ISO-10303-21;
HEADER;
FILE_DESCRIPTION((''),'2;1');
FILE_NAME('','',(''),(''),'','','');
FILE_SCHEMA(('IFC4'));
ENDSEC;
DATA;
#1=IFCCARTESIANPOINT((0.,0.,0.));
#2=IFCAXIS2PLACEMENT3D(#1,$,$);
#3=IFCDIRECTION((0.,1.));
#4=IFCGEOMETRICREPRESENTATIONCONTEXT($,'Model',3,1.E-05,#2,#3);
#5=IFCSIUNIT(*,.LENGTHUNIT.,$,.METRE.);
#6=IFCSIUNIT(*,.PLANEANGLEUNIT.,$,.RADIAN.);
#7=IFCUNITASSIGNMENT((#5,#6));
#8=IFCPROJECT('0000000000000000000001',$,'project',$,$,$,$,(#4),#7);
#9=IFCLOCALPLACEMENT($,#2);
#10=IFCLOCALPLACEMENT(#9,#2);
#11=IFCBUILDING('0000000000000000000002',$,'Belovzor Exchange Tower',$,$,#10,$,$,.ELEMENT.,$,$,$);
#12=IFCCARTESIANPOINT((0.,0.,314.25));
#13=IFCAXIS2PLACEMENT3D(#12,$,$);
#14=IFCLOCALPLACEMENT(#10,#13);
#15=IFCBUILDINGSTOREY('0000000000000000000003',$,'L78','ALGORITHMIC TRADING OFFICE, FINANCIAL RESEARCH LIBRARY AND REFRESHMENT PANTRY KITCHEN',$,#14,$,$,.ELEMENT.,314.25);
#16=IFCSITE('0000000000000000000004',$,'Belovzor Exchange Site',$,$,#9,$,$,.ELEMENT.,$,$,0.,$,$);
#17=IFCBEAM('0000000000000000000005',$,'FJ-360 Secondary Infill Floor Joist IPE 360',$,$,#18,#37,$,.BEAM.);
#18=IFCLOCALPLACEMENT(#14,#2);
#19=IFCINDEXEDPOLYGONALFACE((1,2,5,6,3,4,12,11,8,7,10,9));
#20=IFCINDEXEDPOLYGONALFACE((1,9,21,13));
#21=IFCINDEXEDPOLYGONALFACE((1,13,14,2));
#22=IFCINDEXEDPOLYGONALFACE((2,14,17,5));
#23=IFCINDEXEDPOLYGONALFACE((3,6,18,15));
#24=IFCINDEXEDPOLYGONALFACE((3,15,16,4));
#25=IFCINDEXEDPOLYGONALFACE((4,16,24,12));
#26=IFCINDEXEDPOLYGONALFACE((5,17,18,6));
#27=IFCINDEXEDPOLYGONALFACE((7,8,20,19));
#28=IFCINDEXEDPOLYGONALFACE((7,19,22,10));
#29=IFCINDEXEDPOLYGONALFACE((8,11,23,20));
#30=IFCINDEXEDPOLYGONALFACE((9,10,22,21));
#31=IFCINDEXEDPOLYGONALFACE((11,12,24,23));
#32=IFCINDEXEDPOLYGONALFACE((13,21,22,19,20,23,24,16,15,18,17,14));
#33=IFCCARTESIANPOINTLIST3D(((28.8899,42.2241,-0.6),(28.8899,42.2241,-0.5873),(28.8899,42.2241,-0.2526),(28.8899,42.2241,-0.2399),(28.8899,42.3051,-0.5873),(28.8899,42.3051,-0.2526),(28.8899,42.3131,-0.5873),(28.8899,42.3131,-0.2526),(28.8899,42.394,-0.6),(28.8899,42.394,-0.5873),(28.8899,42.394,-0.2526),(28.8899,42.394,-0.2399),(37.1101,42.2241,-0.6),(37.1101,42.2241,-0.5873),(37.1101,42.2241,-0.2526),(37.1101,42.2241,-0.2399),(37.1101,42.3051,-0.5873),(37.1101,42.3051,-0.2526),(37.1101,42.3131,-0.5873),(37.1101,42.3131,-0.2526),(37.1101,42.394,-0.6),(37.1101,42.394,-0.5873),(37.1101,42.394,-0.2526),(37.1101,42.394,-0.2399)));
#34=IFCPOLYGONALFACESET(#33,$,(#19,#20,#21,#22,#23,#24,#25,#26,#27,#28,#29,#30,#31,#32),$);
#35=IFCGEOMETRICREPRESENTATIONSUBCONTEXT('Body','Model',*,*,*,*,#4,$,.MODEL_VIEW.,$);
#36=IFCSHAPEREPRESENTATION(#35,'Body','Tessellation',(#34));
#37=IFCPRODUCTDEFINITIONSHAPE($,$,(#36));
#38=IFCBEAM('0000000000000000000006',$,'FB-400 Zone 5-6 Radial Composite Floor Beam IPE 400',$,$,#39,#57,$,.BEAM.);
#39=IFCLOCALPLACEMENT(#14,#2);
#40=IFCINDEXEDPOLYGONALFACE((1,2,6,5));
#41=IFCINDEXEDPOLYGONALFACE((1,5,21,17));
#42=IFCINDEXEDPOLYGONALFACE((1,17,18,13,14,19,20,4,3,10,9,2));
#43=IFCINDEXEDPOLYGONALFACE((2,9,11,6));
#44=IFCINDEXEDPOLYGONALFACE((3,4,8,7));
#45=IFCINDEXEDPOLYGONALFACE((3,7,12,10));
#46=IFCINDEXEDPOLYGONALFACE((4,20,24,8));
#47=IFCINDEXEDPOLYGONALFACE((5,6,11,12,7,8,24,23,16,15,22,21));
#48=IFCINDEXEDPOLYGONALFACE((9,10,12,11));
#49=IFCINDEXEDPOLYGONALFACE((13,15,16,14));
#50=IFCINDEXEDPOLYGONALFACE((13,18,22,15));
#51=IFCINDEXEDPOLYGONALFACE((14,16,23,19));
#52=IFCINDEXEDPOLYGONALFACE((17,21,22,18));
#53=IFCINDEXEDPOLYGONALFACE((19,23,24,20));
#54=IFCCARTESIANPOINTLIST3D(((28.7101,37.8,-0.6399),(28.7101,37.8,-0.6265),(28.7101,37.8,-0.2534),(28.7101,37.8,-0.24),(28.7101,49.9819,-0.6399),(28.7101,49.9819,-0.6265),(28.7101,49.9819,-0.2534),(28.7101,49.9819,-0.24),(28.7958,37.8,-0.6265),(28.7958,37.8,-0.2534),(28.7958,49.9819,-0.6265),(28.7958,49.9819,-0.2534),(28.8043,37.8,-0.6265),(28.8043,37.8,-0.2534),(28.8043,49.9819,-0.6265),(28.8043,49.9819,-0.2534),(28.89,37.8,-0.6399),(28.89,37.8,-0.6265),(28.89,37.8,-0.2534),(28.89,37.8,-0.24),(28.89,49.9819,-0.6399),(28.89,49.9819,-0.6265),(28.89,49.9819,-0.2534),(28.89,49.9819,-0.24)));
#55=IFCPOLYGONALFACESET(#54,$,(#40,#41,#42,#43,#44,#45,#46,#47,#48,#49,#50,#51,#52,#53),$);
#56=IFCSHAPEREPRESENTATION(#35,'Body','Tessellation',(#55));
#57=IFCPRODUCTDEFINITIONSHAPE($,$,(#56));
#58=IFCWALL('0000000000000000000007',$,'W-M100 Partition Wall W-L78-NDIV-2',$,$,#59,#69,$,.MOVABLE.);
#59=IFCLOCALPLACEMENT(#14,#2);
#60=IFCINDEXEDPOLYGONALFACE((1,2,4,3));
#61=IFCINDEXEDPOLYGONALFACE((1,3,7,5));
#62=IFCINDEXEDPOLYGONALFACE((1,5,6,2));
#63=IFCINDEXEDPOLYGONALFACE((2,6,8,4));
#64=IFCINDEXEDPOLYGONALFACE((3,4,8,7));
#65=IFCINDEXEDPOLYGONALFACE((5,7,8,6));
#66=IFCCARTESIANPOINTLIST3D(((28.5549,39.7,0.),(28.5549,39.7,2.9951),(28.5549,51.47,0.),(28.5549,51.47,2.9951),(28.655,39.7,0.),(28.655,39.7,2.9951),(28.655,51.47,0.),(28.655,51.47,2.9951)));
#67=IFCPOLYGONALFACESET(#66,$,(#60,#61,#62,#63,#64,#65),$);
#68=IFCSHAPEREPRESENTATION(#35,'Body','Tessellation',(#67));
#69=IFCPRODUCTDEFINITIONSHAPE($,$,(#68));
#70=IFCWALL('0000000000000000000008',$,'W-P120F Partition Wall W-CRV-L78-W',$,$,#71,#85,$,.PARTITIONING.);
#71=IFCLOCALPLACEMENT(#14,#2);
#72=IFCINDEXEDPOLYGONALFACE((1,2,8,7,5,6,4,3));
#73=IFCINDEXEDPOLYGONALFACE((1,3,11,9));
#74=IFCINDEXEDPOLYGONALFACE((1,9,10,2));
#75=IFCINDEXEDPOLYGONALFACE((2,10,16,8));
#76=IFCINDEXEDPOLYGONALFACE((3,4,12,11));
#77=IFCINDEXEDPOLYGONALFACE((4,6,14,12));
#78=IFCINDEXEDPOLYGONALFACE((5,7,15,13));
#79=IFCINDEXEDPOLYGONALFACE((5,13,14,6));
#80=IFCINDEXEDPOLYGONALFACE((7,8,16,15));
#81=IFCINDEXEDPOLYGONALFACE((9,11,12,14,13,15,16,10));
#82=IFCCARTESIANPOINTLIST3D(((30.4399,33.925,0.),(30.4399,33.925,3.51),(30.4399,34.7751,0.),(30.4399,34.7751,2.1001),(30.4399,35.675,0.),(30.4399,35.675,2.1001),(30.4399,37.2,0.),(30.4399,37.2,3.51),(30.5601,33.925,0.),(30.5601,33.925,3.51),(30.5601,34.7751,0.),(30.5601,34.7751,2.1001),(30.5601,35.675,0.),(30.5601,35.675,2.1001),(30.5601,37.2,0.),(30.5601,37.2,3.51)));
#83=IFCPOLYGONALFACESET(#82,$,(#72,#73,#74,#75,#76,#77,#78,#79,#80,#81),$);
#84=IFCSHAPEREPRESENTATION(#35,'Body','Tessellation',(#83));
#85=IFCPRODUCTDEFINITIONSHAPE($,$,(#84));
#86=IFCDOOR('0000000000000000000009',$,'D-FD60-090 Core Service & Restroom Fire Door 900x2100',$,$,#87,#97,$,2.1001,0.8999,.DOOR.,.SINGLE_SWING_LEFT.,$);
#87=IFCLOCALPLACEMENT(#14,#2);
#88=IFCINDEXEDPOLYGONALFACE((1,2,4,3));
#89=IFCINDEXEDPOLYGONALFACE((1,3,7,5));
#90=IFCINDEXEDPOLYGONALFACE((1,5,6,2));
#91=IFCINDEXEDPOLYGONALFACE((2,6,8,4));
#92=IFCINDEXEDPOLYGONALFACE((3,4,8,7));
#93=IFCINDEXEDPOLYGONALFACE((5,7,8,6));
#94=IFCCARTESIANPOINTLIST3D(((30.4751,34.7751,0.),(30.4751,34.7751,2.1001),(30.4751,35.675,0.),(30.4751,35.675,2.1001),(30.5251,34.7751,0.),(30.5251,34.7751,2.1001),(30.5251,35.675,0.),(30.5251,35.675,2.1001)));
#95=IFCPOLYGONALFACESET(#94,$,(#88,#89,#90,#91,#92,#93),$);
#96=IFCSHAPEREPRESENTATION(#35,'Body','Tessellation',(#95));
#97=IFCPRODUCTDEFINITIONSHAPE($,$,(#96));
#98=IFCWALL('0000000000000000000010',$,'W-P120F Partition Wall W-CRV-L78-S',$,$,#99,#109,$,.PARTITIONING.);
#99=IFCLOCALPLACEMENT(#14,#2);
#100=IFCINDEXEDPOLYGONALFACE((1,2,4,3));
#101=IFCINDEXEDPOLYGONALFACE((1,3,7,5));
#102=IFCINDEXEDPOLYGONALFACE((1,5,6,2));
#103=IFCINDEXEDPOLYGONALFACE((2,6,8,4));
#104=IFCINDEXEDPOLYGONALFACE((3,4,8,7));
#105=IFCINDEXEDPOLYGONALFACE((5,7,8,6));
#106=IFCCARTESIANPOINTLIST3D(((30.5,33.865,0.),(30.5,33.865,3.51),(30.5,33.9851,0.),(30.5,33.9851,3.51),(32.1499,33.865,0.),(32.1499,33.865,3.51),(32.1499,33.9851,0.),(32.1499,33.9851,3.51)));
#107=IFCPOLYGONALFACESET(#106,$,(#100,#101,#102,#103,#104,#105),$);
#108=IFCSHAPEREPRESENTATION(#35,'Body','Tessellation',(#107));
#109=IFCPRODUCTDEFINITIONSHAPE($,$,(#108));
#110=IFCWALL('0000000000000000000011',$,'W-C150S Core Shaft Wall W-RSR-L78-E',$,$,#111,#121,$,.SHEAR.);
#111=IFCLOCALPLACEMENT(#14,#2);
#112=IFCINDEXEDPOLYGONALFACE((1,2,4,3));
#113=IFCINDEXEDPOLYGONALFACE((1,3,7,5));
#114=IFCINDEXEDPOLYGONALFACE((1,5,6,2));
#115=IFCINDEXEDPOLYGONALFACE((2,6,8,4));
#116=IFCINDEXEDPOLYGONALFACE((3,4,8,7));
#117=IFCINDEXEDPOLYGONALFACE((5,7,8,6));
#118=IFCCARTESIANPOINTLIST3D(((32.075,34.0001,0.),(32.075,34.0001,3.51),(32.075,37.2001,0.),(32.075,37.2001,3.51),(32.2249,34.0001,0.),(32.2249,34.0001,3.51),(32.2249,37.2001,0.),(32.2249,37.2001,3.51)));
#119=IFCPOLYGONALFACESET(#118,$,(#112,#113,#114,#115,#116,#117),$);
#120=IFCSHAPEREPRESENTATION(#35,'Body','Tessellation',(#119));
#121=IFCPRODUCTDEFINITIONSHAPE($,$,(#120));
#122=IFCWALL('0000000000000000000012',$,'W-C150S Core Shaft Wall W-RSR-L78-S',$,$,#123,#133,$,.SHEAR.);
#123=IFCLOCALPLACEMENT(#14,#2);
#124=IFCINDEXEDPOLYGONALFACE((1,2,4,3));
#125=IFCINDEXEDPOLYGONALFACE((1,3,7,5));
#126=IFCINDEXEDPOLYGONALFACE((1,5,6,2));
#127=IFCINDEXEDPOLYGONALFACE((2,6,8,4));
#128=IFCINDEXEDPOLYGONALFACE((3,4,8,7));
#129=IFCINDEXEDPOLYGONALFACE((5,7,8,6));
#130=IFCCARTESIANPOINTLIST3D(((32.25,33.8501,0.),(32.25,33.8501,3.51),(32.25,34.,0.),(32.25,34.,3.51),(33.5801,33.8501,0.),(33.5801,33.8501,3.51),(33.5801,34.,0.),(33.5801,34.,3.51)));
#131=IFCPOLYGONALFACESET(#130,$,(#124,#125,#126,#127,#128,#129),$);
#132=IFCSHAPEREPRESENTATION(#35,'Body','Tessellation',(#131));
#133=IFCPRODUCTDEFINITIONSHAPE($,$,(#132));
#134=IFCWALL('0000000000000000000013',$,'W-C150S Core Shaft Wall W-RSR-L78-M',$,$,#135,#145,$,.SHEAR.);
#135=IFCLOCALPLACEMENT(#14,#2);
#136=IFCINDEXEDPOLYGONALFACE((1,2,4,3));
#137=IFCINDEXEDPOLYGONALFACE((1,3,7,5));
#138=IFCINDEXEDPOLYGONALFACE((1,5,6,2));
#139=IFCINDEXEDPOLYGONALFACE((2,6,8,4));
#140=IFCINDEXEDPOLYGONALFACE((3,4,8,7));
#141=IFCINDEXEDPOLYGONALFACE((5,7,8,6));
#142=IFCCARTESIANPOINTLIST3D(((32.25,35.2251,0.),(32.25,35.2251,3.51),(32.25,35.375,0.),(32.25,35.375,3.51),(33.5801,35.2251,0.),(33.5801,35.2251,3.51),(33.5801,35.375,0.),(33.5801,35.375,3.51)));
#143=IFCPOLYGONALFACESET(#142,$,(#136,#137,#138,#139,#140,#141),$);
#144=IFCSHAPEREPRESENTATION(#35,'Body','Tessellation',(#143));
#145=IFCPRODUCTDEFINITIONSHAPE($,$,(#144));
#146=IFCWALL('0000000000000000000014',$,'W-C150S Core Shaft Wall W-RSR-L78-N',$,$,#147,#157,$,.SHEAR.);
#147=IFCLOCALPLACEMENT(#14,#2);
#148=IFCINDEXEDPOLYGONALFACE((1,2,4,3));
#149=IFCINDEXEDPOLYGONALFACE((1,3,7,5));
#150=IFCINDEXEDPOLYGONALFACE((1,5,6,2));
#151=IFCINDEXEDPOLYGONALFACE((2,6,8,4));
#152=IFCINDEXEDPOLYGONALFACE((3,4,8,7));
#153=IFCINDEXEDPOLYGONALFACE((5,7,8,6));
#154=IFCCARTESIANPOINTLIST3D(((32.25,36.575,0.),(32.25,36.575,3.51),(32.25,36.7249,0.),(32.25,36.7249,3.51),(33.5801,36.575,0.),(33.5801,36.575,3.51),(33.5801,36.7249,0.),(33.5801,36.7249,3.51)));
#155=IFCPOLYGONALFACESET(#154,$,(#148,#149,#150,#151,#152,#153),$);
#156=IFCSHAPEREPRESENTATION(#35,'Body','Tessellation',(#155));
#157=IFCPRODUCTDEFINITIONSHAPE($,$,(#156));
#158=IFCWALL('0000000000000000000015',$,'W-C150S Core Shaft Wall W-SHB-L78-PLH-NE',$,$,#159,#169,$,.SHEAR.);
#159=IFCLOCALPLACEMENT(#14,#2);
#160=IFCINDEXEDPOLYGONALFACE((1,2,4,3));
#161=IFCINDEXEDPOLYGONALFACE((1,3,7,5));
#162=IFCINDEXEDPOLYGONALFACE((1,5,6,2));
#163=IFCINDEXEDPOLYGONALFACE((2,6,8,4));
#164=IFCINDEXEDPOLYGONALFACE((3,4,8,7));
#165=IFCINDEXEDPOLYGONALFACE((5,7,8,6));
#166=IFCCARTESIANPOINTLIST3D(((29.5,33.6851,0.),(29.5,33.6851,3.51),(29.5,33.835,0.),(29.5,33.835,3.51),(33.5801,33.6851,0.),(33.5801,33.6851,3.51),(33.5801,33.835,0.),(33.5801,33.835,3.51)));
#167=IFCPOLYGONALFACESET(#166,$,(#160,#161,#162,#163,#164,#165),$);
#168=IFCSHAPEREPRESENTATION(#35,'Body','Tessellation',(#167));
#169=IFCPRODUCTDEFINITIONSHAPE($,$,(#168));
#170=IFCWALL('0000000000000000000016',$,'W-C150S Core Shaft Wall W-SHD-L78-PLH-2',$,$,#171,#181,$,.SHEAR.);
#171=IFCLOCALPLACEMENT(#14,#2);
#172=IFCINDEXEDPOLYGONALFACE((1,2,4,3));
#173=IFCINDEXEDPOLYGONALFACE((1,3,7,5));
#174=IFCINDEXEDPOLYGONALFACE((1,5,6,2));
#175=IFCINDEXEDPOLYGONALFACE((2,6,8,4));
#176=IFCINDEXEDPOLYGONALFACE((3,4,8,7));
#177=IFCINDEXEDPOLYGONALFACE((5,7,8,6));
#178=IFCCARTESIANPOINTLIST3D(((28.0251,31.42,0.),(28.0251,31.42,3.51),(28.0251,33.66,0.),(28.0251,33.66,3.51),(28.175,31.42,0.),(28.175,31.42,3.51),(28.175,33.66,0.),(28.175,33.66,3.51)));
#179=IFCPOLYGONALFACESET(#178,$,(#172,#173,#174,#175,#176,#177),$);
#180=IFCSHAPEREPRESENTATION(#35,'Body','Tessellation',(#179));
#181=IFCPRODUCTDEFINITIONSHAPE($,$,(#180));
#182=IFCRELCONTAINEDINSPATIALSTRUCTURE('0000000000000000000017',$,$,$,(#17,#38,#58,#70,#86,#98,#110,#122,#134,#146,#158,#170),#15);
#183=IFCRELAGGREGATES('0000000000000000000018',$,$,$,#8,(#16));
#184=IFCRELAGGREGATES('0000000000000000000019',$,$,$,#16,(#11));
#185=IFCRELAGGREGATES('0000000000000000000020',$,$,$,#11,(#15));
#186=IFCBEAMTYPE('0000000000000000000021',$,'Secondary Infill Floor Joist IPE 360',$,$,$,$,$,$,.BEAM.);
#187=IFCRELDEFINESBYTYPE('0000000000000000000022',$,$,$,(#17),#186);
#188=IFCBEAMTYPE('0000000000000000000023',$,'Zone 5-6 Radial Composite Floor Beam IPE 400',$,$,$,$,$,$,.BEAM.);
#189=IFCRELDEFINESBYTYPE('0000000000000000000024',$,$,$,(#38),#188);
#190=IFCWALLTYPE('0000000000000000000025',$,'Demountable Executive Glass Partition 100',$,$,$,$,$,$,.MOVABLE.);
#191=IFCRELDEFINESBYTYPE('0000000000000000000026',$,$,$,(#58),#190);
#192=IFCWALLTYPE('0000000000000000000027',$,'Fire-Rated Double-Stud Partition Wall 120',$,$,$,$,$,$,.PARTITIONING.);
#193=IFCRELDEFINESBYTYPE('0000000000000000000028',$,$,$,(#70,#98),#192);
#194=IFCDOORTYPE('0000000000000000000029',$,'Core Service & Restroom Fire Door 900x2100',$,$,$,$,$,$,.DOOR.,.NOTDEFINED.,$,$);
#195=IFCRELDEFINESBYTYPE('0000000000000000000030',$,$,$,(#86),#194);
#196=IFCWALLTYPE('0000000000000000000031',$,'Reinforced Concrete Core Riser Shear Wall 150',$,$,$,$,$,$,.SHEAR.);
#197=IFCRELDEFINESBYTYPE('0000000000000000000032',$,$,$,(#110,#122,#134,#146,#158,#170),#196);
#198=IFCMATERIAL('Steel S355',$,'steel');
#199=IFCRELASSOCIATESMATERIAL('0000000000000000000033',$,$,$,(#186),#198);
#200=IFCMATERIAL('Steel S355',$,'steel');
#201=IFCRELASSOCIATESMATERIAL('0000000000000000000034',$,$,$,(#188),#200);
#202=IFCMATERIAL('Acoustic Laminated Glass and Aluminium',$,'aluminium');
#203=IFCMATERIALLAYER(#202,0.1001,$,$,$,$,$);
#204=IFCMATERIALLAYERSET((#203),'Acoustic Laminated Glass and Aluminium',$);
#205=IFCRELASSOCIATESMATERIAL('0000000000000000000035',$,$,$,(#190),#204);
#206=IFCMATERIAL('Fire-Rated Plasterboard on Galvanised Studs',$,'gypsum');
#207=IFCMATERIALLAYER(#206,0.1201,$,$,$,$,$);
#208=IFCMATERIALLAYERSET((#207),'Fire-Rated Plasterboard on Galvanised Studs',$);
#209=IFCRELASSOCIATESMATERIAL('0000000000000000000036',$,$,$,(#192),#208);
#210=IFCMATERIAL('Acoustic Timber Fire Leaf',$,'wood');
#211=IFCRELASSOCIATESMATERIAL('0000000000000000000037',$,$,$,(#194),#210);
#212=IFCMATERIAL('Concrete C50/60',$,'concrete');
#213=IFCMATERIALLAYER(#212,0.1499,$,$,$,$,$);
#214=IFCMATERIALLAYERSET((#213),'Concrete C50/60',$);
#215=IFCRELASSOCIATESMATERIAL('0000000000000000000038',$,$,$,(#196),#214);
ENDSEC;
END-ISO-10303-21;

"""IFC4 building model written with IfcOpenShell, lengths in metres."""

from ifc_helpers import new_model, si_unit, direction, frame, frame_2d, origin, origin_2d, place, context, subcontext, project, spatial, rectangle, i_section, extrude, material, layer, layer_set, material_profile, profile_set, type_object, element, fill, save


model = new_model("IFC4")

# Units and contexts
model_context = context("Model", 3, precision=1e-05, world=origin(), true_north=direction((0.0, 1.0)))
body_context = subcontext(model_context, "Body", "Model", "MODEL_VIEW")
ifc_project = project(units=[si_unit("LENGTHUNIT", "METRE"), si_unit("PLANEANGLEUNIT", "RADIAN")], contexts=[model_context])

# Site, building, storey
site_placement = place(None, origin())
site = spatial("IfcSite", under=ifc_project, at=site_placement, Name="Belovzor Exchange Site", CompositionType="ELEMENT", RefElevation=0.0)
building_placement = place(site_placement, origin())
building = spatial("IfcBuilding", under=site, at=building_placement, Name="Belovzor Exchange Tower", CompositionType="ELEMENT")
storey_placement = place(building_placement, frame((0.0, 0.0, 314.25)))
storey = spatial("IfcBuildingStorey", under=building, at=storey_placement, Name="L78", Description="ALGORITHMIC TRADING OFFICE, FINANCIAL RESEARCH LIBRARY AND REFRESHMENT PANTRY KITCHEN", CompositionType="ELEMENT", Elevation=314.25)

# Beams
ifc_material_1 = material(Name="Steel S355", Category="steel")
ifc_material_profile_1 = material_profile(ifc_material_1, i_section(OverallWidth=0.1699, OverallDepth=0.3601, WebThickness=0.0081, FlangeThickness=0.0127, at=origin_2d()))
ifc_profile_set_1 = profile_set([ifc_material_profile_1], Name="Steel S355")
beam_type_1 = type_object("IfcBeamType", Name="Secondary Infill Floor Joist IPE 360", PredefinedType="BEAM", material=ifc_profile_set_1)
beam_1_placement = place(storey_placement, frame((28.8899, 42.3091, -0.4199), z_axis=(1.0, 0.0, 0.0), x_axis=(0.0, 1.0, 0.0)))
element("IfcBeam", 1, at=beam_1_placement, inside=storey, type_object=beam_type_1, Name="FJ-360 Secondary Infill Floor Joist IPE 360", PredefinedType="BEAM", context=body_context, shape_type="SweptSolid", body=[
    extrude(i_section(OverallWidth=0.1699, OverallDepth=0.3601, WebThickness=0.0081, FlangeThickness=0.0127, at=origin_2d()), origin(), (0.0, 0.0, 1.0), 8.2202),
])
ifc_material_2 = material(Name="Steel S355", Category="steel")
ifc_material_profile_2 = material_profile(ifc_material_2, i_section(OverallWidth=0.1799, OverallDepth=0.3999, WebThickness=0.0085, FlangeThickness=0.0134, at=origin_2d()))
ifc_profile_set_2 = profile_set([ifc_material_profile_2], Name="Steel S355")
beam_type_2 = type_object("IfcBeamType", Name="Zone 5-6 Radial Composite Floor Beam IPE 400", PredefinedType="BEAM", material=ifc_profile_set_2)
beam_2_placement = place(storey_placement, frame((28.8, 37.8, -0.4399), z_axis=(0.0, 1.0, 0.0), x_axis=(-1.0, 0.0, 0.0)))
element("IfcBeam", 2, at=beam_2_placement, inside=storey, type_object=beam_type_2, Name="FB-400 Zone 5-6 Radial Composite Floor Beam IPE 400", PredefinedType="BEAM", context=body_context, shape_type="SweptSolid", body=[
    extrude(i_section(OverallWidth=0.1799, OverallDepth=0.3999, WebThickness=0.0085, FlangeThickness=0.0134, at=origin_2d()), origin(), (0.0, 0.0, 1.0), 12.1819),
])

# Wall
ifc_material_3 = material(Name="Acoustic Laminated Glass and Aluminium", Category="aluminium")
ifc_layer_1 = layer(ifc_material_3, 0.1001)
ifc_layer_set_1 = layer_set([ifc_layer_1], Name="Acoustic Laminated Glass and Aluminium")
wall_type_1 = type_object("IfcWallType", Name="Demountable Executive Glass Partition 100", PredefinedType="MOVABLE", material=ifc_layer_set_1)
wall_1_placement = place(storey_placement, frame((28.605, 39.7, 0.0), z_axis=(0.0, 0.0, 1.0), x_axis=(0.0, 1.0, 0.0)))
element("IfcWall", 3, at=wall_1_placement, inside=storey, type_object=wall_type_1, Name="W-M100 Partition Wall W-L78-NDIV-2", PredefinedType="MOVABLE", context=body_context, shape_type="SweptSolid", body=[
    extrude(rectangle(XDim=11.77, YDim=0.1001, at=frame_2d((5.885, 0.0))), origin(), (0.0, 0.0, 1.0), 2.9951),
])

# Wall, opening, door
ifc_material_4 = material(Name="Fire-Rated Plasterboard on Galvanised Studs", Category="gypsum")
ifc_layer_2 = layer(ifc_material_4, 0.1201)
ifc_layer_set_2 = layer_set([ifc_layer_2], Name="Fire-Rated Plasterboard on Galvanised Studs")
wall_type_2 = type_object("IfcWallType", Name="Fire-Rated Double-Stud Partition Wall 120", PredefinedType="PARTITIONING", material=ifc_layer_set_2)
wall_2_placement = place(storey_placement, frame((30.5, 33.925, 0.0), z_axis=(0.0, 0.0, 1.0), x_axis=(0.0, 1.0, 0.0)))
wall_2 = element("IfcWall", 4, at=wall_2_placement, inside=storey, type_object=wall_type_2, Name="W-P120F Partition Wall W-CRV-L78-W", PredefinedType="PARTITIONING", context=body_context, shape_type="SweptSolid", body=[
    extrude(rectangle(XDim=3.2749, YDim=0.1201, at=frame_2d((1.6375, 0.0))), origin(), (0.0, 0.0, 1.0), 3.51),
])
opening_1_placement = place(wall_2_placement, frame((0.8501, 0.0, 0.0)))
opening_1 = element("IfcOpeningElement", 5, at=opening_1_placement, cuts=wall_2, PredefinedType="OPENING", context=body_context, shape_type="SweptSolid", body=[
    extrude(rectangle(XDim=0.8999, YDim=2.1001, at=frame_2d((0.45, 1.05))), frame((0.0, 0.0701, 0.0), z_axis=(0.0, -1.0, 0.0), x_axis=(1.0, 0.0, 0.0)), (0.0, 0.0, 1.0), 0.1401),
])
ifc_material_5 = material(Name="Acoustic Timber Fire Leaf", Category="wood")
door_type_1 = type_object("IfcDoorType", Name="Core Service & Restroom Fire Door 900x2100", OperationType="NOTDEFINED", PredefinedType="DOOR", material=ifc_material_5)
door_1_placement = place(opening_1_placement, origin())
door_1 = element("IfcDoor", 6, at=door_1_placement, inside=storey, type_object=door_type_1, Name="D-FD60-090 Core Service & Restroom Fire Door 900x2100", OperationType="SINGLE_SWING_LEFT", OverallHeight=2.1001, OverallWidth=0.8999, PredefinedType="DOOR", context=body_context, shape_type="SweptSolid", body=[
    extrude(rectangle(XDim=0.8999, YDim=2.1001, at=frame_2d((0.45, 1.05))), frame((0.0, 0.0249, 0.0), z_axis=(0.0, -1.0, 0.0), x_axis=(1.0, 0.0, 0.0)), (0.0, 0.0, 1.0), 0.05),
])
fill(opening_1, door_1)

# Walls
wall_3_placement = place(storey_placement, frame((30.5, 33.925, 0.0), z_axis=(0.0, 0.0, 1.0), x_axis=(1.0, 0.0, 0.0)))
element("IfcWall", 7, at=wall_3_placement, inside=storey, type_object=wall_type_2, Name="W-P120F Partition Wall W-CRV-L78-S", PredefinedType="PARTITIONING", context=body_context, shape_type="SweptSolid", body=[
    extrude(rectangle(XDim=1.6499, YDim=0.1201, at=frame_2d((0.825, 0.0))), origin(), (0.0, 0.0, 1.0), 3.51),
])
ifc_material_6 = material(Name="Concrete C50/60", Category="concrete")
ifc_layer_3 = layer(ifc_material_6, 0.1499)
ifc_layer_set_3 = layer_set([ifc_layer_3], Name="Concrete C50/60")
wall_type_3 = type_object("IfcWallType", Name="Reinforced Concrete Core Riser Shear Wall 150", PredefinedType="SHEAR", material=ifc_layer_set_3)
wall_4_placement = place(storey_placement, frame((32.1499, 34.0, 0.0), z_axis=(0.0, 0.0, 1.0), x_axis=(0.0, 1.0, 0.0)))
element("IfcWall", 8, at=wall_4_placement, inside=storey, type_object=wall_type_3, Name="W-C150S Core Shaft Wall W-RSR-L78-E", PredefinedType="SHEAR", context=body_context, shape_type="SweptSolid", body=[
    extrude(rectangle(XDim=3.2, YDim=0.1499, at=frame_2d((1.6001, 0.0))), origin(), (0.0, 0.0, 1.0), 3.51),
])
for number, where, z_axis, x_axis, name in (
    (9, (32.25, 33.925, 0.0), (0.0, 0.0, 1.0), (1.0, 0.0, 0.0), "W-C150S Core Shaft Wall W-RSR-L78-S"),
    (10, (32.25, 35.3, 0.0), (0.0, 0.0, 1.0), (1.0, 0.0, 0.0), "W-C150S Core Shaft Wall W-RSR-L78-M"),
    (11, (32.25, 36.6499, 0.0), (0.0, 0.0, 1.0), (1.0, 0.0, 0.0), "W-C150S Core Shaft Wall W-RSR-L78-N"),
):
    element("IfcWall", number, at=place(storey_placement, frame(where, z_axis=z_axis, x_axis=x_axis)), inside=storey, type_object=wall_type_3, Name=name, PredefinedType="SHEAR", context=body_context, shape_type="SweptSolid", body=[
        extrude(rectangle(XDim=1.3301, YDim=0.1499, at=frame_2d((0.665, 0.0))), origin(), (0.0, 0.0, 1.0), 3.51),
    ])
wall_5_placement = place(storey_placement, frame((29.5, 33.76, 0.0), z_axis=(0.0, 0.0, 1.0), x_axis=(1.0, 0.0, 0.0)))
element("IfcWall", 12, at=wall_5_placement, inside=storey, type_object=wall_type_3, Name="W-C150S Core Shaft Wall W-SHB-L78-PLH-NE", PredefinedType="SHEAR", context=body_context, shape_type="SweptSolid", body=[
    extrude(rectangle(XDim=4.0801, YDim=0.1499, at=frame_2d((2.04, 0.0))), origin(), (0.0, 0.0, 1.0), 3.51),
])
for number, where, z_axis, x_axis, name in (
    (13, (28.1001, 31.4199, 0.0), (0.0, 0.0, 1.0), (0.0, 1.0, 0.0), "W-C150S Core Shaft Wall W-SHD-L78-PLH-2"),
):
    element("IfcWall", number, at=place(storey_placement, frame(where, z_axis=z_axis, x_axis=x_axis)), inside=storey, type_object=wall_type_3, Name=name, PredefinedType="SHEAR", context=body_context, shape_type="SweptSolid", body=[
        extrude(rectangle(XDim=2.24, YDim=0.1499, at=frame_2d((1.1201, 0.0))), origin(), (0.0, 0.0, 1.0), 3.51),
    ])

save(model, "model.ifc")
